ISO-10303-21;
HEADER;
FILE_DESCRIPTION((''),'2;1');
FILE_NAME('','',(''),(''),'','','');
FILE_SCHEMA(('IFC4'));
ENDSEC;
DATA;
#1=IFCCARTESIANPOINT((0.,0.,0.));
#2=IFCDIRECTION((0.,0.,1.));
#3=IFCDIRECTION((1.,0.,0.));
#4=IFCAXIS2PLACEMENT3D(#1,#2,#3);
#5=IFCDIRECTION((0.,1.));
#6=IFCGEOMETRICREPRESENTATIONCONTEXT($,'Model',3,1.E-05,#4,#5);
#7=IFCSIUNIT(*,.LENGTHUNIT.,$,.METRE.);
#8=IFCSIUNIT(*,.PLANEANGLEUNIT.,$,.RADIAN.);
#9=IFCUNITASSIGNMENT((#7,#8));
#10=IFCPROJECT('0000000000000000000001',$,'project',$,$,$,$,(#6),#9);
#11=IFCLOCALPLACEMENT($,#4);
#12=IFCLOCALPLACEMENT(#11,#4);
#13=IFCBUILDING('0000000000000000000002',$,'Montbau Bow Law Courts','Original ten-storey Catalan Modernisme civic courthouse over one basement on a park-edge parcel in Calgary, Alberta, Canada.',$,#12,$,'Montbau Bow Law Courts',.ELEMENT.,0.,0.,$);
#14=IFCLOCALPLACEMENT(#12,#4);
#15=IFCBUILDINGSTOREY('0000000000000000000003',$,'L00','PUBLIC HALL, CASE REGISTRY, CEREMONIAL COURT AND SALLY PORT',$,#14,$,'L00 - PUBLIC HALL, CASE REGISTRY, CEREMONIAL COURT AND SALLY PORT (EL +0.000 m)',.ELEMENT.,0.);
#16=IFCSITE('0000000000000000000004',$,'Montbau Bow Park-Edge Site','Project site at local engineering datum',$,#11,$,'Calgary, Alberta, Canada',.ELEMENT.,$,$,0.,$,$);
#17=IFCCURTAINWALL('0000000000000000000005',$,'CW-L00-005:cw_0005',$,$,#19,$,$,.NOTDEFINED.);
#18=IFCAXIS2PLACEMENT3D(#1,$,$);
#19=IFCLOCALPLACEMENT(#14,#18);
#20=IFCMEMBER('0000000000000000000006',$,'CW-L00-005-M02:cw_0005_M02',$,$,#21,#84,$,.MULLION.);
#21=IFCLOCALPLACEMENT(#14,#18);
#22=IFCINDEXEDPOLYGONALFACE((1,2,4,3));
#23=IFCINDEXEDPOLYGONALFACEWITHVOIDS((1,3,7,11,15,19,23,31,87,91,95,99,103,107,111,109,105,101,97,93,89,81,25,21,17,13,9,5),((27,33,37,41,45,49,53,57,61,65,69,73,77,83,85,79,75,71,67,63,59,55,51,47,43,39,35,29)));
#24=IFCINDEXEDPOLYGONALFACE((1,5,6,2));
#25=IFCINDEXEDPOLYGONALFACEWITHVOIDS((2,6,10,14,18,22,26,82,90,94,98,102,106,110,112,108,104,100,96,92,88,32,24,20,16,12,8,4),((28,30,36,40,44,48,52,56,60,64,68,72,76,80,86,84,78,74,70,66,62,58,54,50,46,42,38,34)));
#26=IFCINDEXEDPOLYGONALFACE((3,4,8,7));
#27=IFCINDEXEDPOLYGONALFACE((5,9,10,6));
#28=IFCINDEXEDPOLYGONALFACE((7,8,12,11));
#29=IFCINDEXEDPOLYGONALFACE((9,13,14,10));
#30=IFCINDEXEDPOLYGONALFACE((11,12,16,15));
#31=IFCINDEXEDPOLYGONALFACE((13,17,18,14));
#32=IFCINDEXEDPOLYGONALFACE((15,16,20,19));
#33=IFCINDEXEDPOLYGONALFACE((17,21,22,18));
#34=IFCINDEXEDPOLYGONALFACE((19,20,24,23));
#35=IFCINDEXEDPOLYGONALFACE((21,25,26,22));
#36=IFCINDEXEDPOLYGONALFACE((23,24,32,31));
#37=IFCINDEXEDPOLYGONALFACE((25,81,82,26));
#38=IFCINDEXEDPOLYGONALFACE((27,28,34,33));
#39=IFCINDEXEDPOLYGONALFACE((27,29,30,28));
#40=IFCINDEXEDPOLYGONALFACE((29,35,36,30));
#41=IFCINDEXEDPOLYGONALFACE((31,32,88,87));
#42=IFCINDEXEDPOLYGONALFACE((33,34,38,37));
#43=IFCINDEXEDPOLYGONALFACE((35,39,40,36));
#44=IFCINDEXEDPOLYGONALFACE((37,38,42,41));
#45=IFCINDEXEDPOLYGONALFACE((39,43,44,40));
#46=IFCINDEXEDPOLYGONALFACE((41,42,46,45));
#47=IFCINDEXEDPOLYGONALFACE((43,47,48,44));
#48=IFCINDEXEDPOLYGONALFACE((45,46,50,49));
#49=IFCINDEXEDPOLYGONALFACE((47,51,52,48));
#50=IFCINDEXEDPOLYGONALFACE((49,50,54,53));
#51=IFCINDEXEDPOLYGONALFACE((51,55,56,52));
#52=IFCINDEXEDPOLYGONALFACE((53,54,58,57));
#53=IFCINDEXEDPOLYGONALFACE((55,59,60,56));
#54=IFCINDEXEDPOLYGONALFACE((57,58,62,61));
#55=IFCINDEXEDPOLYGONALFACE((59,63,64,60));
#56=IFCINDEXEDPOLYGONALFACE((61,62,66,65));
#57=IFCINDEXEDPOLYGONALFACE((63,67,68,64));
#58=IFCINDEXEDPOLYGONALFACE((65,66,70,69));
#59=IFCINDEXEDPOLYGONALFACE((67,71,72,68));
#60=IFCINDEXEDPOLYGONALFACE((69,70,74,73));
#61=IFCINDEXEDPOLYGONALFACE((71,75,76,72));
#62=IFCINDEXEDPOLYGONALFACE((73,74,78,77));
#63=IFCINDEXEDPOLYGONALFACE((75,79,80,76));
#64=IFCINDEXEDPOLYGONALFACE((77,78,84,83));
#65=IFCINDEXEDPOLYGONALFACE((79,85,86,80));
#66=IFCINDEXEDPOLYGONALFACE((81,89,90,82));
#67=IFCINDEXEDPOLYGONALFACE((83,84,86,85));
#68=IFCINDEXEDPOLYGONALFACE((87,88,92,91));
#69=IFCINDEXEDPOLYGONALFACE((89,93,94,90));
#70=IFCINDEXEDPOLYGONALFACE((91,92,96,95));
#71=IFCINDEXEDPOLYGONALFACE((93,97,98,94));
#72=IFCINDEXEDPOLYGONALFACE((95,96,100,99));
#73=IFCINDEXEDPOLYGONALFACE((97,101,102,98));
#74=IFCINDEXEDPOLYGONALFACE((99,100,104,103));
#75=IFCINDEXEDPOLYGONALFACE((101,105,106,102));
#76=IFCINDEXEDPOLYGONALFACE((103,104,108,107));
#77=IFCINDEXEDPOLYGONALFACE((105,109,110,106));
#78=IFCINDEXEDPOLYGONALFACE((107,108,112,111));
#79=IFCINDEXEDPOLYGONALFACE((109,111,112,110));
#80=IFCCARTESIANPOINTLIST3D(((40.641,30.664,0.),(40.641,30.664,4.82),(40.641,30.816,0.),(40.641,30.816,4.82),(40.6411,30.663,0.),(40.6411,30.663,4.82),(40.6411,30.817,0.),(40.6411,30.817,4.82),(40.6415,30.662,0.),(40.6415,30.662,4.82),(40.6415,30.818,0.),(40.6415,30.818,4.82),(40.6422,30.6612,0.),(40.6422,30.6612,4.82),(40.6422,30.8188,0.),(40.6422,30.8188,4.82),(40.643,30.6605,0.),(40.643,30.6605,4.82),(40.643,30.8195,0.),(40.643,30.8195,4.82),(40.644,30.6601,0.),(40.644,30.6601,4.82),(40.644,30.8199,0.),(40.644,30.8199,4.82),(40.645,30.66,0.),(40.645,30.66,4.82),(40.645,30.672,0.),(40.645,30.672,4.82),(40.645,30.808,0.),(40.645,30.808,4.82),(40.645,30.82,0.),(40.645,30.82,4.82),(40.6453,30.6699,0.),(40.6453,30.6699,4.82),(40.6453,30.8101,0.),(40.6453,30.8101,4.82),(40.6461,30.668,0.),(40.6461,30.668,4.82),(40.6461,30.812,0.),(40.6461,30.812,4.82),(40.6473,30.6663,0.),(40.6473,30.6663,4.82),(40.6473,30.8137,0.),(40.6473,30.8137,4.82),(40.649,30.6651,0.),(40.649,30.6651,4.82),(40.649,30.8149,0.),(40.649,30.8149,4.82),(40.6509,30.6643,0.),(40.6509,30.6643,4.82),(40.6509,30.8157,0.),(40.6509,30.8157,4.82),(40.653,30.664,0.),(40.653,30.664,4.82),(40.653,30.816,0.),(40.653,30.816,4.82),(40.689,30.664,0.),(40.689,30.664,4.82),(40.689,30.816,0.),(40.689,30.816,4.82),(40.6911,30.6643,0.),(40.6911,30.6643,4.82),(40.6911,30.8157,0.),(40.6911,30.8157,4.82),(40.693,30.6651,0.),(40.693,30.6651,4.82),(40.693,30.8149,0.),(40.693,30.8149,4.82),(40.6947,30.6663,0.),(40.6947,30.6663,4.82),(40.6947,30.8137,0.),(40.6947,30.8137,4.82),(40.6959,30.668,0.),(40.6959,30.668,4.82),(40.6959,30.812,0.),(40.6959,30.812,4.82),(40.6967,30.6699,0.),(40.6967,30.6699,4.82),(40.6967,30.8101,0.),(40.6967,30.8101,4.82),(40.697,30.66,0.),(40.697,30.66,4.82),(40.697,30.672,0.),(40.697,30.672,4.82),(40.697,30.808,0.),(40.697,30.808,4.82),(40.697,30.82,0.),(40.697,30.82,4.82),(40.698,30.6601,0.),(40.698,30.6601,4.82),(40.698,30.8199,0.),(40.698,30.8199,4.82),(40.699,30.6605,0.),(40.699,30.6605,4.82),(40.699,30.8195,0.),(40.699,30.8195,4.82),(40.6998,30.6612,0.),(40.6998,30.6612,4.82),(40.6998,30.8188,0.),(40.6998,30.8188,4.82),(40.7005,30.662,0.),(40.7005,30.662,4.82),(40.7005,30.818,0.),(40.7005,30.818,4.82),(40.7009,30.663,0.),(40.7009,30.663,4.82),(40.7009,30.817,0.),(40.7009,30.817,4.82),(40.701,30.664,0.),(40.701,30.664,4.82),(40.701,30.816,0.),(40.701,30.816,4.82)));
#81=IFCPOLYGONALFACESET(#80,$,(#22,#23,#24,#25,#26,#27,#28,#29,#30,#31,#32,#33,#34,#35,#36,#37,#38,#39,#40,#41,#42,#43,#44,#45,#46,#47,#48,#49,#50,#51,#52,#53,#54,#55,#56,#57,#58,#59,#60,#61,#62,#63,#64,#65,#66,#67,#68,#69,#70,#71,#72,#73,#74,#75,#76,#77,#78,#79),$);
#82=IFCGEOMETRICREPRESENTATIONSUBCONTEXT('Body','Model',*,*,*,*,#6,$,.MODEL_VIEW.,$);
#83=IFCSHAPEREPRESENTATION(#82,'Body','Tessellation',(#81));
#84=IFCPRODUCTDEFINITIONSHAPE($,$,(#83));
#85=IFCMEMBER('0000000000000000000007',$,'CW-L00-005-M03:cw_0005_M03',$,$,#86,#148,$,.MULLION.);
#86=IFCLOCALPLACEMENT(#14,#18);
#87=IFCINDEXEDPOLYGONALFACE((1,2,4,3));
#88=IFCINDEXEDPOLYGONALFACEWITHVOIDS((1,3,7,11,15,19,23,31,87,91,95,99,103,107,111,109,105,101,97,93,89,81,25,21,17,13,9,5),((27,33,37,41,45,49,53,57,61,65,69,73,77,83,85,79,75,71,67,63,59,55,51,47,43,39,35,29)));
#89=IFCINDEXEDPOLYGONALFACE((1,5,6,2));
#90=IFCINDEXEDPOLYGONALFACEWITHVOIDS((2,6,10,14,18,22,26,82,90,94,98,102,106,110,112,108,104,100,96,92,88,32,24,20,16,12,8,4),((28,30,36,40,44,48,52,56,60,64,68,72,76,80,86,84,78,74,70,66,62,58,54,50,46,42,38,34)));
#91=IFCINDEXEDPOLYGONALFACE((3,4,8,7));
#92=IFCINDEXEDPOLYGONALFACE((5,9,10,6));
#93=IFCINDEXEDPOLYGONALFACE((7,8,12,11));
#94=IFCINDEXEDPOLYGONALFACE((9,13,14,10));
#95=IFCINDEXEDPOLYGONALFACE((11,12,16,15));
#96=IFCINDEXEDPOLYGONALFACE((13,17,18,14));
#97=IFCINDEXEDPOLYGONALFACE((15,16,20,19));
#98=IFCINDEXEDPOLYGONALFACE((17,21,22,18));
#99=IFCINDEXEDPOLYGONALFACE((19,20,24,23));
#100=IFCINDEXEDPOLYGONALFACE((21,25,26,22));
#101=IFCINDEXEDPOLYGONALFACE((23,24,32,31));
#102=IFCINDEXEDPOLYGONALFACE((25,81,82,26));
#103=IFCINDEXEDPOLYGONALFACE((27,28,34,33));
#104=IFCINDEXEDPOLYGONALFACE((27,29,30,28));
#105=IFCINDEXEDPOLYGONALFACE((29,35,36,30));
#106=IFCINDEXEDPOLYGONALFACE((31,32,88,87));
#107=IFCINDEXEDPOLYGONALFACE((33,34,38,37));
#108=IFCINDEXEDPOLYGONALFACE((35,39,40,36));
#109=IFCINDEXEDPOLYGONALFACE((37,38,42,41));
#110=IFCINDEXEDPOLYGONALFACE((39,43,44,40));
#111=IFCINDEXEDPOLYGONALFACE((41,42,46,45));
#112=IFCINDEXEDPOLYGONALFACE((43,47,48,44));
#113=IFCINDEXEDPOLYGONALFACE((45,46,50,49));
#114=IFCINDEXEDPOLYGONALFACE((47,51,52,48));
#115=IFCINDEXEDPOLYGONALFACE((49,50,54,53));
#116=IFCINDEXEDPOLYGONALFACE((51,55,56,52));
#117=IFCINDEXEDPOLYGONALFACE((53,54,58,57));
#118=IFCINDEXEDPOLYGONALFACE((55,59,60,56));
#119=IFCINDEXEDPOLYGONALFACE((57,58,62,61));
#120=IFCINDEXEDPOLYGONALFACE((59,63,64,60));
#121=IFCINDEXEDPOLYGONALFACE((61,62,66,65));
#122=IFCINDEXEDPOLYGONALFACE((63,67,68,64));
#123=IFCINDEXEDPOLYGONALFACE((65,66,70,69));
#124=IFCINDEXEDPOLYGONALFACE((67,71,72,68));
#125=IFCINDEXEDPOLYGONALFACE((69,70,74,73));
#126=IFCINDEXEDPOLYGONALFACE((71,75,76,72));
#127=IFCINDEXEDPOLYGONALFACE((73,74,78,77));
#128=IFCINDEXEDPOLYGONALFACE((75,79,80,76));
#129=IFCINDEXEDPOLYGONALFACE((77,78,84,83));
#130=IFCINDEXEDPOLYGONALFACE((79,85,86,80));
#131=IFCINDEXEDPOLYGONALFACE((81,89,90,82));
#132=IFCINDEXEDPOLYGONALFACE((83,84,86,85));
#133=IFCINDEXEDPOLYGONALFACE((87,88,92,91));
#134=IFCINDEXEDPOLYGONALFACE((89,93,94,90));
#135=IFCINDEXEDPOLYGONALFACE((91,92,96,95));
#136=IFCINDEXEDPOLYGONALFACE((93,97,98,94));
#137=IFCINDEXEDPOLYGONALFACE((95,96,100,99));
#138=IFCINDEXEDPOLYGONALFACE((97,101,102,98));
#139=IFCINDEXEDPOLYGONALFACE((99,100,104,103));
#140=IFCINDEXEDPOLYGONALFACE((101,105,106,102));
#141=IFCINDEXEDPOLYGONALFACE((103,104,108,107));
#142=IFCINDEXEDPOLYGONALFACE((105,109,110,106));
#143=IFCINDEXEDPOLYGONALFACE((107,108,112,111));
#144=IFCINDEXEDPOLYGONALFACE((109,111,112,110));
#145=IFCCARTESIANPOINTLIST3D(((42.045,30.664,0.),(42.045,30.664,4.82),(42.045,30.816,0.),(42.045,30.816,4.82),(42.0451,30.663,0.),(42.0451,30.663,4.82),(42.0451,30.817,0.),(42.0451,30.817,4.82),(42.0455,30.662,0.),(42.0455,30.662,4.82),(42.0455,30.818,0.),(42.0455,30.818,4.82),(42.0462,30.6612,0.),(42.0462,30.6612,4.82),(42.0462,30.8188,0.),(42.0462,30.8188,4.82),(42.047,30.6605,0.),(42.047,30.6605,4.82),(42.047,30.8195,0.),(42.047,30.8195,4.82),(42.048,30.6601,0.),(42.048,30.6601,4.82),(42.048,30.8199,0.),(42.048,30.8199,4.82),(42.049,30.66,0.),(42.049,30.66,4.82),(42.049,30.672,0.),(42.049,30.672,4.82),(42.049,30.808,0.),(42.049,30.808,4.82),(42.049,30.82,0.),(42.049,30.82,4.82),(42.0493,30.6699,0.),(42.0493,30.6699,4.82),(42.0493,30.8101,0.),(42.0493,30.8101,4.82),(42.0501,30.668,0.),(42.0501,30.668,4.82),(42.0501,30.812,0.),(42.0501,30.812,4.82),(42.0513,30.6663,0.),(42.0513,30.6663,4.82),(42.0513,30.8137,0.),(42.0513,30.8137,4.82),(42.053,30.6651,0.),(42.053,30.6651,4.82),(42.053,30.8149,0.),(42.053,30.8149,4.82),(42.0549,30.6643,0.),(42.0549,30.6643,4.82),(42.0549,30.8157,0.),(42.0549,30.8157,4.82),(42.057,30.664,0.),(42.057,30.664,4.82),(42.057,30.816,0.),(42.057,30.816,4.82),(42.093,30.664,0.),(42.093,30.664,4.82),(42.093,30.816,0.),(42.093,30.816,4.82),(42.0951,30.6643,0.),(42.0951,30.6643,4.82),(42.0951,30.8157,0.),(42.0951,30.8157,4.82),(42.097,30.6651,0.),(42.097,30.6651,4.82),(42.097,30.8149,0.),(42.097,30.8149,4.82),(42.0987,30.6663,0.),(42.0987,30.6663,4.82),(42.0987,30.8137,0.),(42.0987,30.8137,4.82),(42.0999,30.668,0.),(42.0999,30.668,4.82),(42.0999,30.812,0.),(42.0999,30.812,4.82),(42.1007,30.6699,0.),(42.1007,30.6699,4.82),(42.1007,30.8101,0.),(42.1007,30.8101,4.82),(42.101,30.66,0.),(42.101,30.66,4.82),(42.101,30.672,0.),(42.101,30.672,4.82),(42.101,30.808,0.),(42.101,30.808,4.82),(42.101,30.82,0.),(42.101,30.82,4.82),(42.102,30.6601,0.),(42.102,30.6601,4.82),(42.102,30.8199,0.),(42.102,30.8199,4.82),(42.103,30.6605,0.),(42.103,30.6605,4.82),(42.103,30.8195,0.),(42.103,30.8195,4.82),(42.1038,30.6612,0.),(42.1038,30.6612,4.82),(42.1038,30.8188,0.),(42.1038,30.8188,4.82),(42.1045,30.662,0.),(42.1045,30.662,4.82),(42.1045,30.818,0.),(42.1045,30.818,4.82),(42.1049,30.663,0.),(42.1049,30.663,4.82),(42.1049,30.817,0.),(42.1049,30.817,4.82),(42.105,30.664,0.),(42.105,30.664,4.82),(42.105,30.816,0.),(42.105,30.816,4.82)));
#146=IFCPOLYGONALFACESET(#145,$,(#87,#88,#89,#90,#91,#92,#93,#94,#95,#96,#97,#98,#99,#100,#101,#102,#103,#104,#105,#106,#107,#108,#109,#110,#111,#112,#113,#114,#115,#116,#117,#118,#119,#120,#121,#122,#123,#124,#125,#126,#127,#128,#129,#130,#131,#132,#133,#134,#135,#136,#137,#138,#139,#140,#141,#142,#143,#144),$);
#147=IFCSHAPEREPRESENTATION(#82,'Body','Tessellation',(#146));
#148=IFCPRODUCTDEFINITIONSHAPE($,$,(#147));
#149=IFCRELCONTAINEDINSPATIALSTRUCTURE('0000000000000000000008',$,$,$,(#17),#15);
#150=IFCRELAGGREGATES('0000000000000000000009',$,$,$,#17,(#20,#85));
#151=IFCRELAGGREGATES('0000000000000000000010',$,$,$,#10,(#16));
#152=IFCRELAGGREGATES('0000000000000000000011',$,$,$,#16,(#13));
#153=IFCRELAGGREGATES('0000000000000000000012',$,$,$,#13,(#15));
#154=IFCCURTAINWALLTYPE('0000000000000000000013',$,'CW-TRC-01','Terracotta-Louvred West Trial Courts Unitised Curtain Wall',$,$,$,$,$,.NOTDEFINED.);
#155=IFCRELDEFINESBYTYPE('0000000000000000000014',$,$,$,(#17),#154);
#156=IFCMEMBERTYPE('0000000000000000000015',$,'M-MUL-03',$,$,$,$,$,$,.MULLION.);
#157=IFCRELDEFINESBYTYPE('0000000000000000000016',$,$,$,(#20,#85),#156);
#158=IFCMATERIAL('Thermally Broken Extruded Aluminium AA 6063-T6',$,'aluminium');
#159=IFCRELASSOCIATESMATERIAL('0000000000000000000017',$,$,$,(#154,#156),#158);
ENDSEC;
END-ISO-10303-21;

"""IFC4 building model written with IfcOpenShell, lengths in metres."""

from ifc_helpers import new_model, si_unit, direction, frame, origin_with_axes, origin_2d_with_axis, place, context, subcontext, project, spatial, hollow_rectangle, extrude, material, material_profile, profile_set, type_object, element, aggregate, save


model = new_model("IFC4")

# Units and contexts
model_context = context("Model", 3, precision=1e-05, world=origin_with_axes(), true_north=direction((0.0, 1.0)))
body_context = subcontext(model_context, "Body", "Model", "MODEL_VIEW")
ifc_project = project(units=[si_unit("LENGTHUNIT", "METRE"), si_unit("PLANEANGLEUNIT", "RADIAN")], contexts=[model_context])

# Site, building, storey
site_placement = place(None, origin_with_axes())
site = spatial("IfcSite", under=ifc_project, at=site_placement, Name="Montbau Bow Park-Edge Site", Description="Project site at local engineering datum", LongName="Calgary, Alberta, Canada", CompositionType="ELEMENT", RefElevation=0.0)
building_placement = place(site_placement, origin_with_axes())
building = spatial("IfcBuilding", under=site, at=building_placement, Name="Montbau Bow Law Courts", Description="Original ten-storey Catalan Modernisme civic courthouse over one basement on a park-edge parcel in Calgary, Alberta, Canada.", LongName="Montbau Bow Law Courts", CompositionType="ELEMENT", ElevationOfRefHeight=0.0, ElevationOfTerrain=0.0)
storey_placement = place(building_placement, origin_with_axes())
storey = spatial("IfcBuildingStorey", under=building, at=storey_placement, Name="L00", Description="PUBLIC HALL, CASE REGISTRY, CEREMONIAL COURT AND SALLY PORT", LongName="L00 - PUBLIC HALL, CASE REGISTRY, CEREMONIAL COURT AND SALLY PORT (EL +0.000 m)", CompositionType="ELEMENT", Elevation=0.0)

# Shared definitions
ifc_material_1 = material(Name="Thermally Broken Extruded Aluminium AA 6063-T6", Category="aluminium")
curtain_wall_type = type_object("IfcCurtainWallType", Name="CW-TRC-01", Description="Terracotta-Louvred West Trial Courts Unitised Curtain Wall", PredefinedType="NOTDEFINED", material=ifc_material_1)

# Curtain wall, members
curtain_wall_1_placement = place(None, frame((39.268, 30.74, 0.0), z_axis=(0.0, 0.0, 1.0), x_axis=(1.0, 0.0, 0.0)))
curtain_wall_1 = element("IfcCurtainWall", 1, at=curtain_wall_1_placement, inside=storey, type_object=curtain_wall_type, Name="CW-L00-005:cw_0005", PredefinedType="NOTDEFINED")
ifc_material_profile_1 = material_profile(ifc_material_1, hollow_rectangle(XDim=0.06, YDim=0.16, WallThickness=0.004, InnerFilletRadius=0.008, OuterFilletRadius=0.004, at=origin_2d_with_axis()), Name="CWM-160X60", Category="Main", Priority=0)
ifc_profile_set_1 = profile_set([ifc_material_profile_1], Name="Thermally Broken Extruded Aluminium AA 6063-T6")
member_type_1 = type_object("IfcMemberType", Name="M-MUL-03", PredefinedType="MULLION", material=ifc_profile_set_1)
member_1_placement = place(None, frame((40.671, 30.74, 0.0), z_axis=(0.0, 0.0, 1.0), x_axis=(1.0, 0.0, 0.0)))
member_1 = element("IfcMember", 2, at=member_1_placement, type_object=member_type_1, Name="CW-L00-005-M02:cw_0005_M02", PredefinedType="MULLION", context=body_context, shape_type="SweptSolid", body=[
    extrude(hollow_rectangle(XDim=0.06, YDim=0.16, WallThickness=0.004, InnerFilletRadius=0.008, OuterFilletRadius=0.004, at=origin_2d_with_axis()), origin_with_axes(), (0.0, 0.0, 1.0), 4.82),
])
member_2_placement = place(None, frame((42.075, 30.74, 0.0), z_axis=(0.0, 0.0, 1.0), x_axis=(1.0, 0.0, 0.0)))
member_2 = element("IfcMember", 3, at=member_2_placement, type_object=member_type_1, Name="CW-L00-005-M03:cw_0005_M03", PredefinedType="MULLION", context=body_context, shape_type="SweptSolid", body=[
    extrude(hollow_rectangle(XDim=0.06, YDim=0.16, WallThickness=0.004, InnerFilletRadius=0.008, OuterFilletRadius=0.004, at=origin_2d_with_axis()), origin_with_axes(), (0.0, 0.0, 1.0), 4.82),
])

aggregate(curtain_wall_1, [member_1, member_2])

save(model, "model.ifc")
